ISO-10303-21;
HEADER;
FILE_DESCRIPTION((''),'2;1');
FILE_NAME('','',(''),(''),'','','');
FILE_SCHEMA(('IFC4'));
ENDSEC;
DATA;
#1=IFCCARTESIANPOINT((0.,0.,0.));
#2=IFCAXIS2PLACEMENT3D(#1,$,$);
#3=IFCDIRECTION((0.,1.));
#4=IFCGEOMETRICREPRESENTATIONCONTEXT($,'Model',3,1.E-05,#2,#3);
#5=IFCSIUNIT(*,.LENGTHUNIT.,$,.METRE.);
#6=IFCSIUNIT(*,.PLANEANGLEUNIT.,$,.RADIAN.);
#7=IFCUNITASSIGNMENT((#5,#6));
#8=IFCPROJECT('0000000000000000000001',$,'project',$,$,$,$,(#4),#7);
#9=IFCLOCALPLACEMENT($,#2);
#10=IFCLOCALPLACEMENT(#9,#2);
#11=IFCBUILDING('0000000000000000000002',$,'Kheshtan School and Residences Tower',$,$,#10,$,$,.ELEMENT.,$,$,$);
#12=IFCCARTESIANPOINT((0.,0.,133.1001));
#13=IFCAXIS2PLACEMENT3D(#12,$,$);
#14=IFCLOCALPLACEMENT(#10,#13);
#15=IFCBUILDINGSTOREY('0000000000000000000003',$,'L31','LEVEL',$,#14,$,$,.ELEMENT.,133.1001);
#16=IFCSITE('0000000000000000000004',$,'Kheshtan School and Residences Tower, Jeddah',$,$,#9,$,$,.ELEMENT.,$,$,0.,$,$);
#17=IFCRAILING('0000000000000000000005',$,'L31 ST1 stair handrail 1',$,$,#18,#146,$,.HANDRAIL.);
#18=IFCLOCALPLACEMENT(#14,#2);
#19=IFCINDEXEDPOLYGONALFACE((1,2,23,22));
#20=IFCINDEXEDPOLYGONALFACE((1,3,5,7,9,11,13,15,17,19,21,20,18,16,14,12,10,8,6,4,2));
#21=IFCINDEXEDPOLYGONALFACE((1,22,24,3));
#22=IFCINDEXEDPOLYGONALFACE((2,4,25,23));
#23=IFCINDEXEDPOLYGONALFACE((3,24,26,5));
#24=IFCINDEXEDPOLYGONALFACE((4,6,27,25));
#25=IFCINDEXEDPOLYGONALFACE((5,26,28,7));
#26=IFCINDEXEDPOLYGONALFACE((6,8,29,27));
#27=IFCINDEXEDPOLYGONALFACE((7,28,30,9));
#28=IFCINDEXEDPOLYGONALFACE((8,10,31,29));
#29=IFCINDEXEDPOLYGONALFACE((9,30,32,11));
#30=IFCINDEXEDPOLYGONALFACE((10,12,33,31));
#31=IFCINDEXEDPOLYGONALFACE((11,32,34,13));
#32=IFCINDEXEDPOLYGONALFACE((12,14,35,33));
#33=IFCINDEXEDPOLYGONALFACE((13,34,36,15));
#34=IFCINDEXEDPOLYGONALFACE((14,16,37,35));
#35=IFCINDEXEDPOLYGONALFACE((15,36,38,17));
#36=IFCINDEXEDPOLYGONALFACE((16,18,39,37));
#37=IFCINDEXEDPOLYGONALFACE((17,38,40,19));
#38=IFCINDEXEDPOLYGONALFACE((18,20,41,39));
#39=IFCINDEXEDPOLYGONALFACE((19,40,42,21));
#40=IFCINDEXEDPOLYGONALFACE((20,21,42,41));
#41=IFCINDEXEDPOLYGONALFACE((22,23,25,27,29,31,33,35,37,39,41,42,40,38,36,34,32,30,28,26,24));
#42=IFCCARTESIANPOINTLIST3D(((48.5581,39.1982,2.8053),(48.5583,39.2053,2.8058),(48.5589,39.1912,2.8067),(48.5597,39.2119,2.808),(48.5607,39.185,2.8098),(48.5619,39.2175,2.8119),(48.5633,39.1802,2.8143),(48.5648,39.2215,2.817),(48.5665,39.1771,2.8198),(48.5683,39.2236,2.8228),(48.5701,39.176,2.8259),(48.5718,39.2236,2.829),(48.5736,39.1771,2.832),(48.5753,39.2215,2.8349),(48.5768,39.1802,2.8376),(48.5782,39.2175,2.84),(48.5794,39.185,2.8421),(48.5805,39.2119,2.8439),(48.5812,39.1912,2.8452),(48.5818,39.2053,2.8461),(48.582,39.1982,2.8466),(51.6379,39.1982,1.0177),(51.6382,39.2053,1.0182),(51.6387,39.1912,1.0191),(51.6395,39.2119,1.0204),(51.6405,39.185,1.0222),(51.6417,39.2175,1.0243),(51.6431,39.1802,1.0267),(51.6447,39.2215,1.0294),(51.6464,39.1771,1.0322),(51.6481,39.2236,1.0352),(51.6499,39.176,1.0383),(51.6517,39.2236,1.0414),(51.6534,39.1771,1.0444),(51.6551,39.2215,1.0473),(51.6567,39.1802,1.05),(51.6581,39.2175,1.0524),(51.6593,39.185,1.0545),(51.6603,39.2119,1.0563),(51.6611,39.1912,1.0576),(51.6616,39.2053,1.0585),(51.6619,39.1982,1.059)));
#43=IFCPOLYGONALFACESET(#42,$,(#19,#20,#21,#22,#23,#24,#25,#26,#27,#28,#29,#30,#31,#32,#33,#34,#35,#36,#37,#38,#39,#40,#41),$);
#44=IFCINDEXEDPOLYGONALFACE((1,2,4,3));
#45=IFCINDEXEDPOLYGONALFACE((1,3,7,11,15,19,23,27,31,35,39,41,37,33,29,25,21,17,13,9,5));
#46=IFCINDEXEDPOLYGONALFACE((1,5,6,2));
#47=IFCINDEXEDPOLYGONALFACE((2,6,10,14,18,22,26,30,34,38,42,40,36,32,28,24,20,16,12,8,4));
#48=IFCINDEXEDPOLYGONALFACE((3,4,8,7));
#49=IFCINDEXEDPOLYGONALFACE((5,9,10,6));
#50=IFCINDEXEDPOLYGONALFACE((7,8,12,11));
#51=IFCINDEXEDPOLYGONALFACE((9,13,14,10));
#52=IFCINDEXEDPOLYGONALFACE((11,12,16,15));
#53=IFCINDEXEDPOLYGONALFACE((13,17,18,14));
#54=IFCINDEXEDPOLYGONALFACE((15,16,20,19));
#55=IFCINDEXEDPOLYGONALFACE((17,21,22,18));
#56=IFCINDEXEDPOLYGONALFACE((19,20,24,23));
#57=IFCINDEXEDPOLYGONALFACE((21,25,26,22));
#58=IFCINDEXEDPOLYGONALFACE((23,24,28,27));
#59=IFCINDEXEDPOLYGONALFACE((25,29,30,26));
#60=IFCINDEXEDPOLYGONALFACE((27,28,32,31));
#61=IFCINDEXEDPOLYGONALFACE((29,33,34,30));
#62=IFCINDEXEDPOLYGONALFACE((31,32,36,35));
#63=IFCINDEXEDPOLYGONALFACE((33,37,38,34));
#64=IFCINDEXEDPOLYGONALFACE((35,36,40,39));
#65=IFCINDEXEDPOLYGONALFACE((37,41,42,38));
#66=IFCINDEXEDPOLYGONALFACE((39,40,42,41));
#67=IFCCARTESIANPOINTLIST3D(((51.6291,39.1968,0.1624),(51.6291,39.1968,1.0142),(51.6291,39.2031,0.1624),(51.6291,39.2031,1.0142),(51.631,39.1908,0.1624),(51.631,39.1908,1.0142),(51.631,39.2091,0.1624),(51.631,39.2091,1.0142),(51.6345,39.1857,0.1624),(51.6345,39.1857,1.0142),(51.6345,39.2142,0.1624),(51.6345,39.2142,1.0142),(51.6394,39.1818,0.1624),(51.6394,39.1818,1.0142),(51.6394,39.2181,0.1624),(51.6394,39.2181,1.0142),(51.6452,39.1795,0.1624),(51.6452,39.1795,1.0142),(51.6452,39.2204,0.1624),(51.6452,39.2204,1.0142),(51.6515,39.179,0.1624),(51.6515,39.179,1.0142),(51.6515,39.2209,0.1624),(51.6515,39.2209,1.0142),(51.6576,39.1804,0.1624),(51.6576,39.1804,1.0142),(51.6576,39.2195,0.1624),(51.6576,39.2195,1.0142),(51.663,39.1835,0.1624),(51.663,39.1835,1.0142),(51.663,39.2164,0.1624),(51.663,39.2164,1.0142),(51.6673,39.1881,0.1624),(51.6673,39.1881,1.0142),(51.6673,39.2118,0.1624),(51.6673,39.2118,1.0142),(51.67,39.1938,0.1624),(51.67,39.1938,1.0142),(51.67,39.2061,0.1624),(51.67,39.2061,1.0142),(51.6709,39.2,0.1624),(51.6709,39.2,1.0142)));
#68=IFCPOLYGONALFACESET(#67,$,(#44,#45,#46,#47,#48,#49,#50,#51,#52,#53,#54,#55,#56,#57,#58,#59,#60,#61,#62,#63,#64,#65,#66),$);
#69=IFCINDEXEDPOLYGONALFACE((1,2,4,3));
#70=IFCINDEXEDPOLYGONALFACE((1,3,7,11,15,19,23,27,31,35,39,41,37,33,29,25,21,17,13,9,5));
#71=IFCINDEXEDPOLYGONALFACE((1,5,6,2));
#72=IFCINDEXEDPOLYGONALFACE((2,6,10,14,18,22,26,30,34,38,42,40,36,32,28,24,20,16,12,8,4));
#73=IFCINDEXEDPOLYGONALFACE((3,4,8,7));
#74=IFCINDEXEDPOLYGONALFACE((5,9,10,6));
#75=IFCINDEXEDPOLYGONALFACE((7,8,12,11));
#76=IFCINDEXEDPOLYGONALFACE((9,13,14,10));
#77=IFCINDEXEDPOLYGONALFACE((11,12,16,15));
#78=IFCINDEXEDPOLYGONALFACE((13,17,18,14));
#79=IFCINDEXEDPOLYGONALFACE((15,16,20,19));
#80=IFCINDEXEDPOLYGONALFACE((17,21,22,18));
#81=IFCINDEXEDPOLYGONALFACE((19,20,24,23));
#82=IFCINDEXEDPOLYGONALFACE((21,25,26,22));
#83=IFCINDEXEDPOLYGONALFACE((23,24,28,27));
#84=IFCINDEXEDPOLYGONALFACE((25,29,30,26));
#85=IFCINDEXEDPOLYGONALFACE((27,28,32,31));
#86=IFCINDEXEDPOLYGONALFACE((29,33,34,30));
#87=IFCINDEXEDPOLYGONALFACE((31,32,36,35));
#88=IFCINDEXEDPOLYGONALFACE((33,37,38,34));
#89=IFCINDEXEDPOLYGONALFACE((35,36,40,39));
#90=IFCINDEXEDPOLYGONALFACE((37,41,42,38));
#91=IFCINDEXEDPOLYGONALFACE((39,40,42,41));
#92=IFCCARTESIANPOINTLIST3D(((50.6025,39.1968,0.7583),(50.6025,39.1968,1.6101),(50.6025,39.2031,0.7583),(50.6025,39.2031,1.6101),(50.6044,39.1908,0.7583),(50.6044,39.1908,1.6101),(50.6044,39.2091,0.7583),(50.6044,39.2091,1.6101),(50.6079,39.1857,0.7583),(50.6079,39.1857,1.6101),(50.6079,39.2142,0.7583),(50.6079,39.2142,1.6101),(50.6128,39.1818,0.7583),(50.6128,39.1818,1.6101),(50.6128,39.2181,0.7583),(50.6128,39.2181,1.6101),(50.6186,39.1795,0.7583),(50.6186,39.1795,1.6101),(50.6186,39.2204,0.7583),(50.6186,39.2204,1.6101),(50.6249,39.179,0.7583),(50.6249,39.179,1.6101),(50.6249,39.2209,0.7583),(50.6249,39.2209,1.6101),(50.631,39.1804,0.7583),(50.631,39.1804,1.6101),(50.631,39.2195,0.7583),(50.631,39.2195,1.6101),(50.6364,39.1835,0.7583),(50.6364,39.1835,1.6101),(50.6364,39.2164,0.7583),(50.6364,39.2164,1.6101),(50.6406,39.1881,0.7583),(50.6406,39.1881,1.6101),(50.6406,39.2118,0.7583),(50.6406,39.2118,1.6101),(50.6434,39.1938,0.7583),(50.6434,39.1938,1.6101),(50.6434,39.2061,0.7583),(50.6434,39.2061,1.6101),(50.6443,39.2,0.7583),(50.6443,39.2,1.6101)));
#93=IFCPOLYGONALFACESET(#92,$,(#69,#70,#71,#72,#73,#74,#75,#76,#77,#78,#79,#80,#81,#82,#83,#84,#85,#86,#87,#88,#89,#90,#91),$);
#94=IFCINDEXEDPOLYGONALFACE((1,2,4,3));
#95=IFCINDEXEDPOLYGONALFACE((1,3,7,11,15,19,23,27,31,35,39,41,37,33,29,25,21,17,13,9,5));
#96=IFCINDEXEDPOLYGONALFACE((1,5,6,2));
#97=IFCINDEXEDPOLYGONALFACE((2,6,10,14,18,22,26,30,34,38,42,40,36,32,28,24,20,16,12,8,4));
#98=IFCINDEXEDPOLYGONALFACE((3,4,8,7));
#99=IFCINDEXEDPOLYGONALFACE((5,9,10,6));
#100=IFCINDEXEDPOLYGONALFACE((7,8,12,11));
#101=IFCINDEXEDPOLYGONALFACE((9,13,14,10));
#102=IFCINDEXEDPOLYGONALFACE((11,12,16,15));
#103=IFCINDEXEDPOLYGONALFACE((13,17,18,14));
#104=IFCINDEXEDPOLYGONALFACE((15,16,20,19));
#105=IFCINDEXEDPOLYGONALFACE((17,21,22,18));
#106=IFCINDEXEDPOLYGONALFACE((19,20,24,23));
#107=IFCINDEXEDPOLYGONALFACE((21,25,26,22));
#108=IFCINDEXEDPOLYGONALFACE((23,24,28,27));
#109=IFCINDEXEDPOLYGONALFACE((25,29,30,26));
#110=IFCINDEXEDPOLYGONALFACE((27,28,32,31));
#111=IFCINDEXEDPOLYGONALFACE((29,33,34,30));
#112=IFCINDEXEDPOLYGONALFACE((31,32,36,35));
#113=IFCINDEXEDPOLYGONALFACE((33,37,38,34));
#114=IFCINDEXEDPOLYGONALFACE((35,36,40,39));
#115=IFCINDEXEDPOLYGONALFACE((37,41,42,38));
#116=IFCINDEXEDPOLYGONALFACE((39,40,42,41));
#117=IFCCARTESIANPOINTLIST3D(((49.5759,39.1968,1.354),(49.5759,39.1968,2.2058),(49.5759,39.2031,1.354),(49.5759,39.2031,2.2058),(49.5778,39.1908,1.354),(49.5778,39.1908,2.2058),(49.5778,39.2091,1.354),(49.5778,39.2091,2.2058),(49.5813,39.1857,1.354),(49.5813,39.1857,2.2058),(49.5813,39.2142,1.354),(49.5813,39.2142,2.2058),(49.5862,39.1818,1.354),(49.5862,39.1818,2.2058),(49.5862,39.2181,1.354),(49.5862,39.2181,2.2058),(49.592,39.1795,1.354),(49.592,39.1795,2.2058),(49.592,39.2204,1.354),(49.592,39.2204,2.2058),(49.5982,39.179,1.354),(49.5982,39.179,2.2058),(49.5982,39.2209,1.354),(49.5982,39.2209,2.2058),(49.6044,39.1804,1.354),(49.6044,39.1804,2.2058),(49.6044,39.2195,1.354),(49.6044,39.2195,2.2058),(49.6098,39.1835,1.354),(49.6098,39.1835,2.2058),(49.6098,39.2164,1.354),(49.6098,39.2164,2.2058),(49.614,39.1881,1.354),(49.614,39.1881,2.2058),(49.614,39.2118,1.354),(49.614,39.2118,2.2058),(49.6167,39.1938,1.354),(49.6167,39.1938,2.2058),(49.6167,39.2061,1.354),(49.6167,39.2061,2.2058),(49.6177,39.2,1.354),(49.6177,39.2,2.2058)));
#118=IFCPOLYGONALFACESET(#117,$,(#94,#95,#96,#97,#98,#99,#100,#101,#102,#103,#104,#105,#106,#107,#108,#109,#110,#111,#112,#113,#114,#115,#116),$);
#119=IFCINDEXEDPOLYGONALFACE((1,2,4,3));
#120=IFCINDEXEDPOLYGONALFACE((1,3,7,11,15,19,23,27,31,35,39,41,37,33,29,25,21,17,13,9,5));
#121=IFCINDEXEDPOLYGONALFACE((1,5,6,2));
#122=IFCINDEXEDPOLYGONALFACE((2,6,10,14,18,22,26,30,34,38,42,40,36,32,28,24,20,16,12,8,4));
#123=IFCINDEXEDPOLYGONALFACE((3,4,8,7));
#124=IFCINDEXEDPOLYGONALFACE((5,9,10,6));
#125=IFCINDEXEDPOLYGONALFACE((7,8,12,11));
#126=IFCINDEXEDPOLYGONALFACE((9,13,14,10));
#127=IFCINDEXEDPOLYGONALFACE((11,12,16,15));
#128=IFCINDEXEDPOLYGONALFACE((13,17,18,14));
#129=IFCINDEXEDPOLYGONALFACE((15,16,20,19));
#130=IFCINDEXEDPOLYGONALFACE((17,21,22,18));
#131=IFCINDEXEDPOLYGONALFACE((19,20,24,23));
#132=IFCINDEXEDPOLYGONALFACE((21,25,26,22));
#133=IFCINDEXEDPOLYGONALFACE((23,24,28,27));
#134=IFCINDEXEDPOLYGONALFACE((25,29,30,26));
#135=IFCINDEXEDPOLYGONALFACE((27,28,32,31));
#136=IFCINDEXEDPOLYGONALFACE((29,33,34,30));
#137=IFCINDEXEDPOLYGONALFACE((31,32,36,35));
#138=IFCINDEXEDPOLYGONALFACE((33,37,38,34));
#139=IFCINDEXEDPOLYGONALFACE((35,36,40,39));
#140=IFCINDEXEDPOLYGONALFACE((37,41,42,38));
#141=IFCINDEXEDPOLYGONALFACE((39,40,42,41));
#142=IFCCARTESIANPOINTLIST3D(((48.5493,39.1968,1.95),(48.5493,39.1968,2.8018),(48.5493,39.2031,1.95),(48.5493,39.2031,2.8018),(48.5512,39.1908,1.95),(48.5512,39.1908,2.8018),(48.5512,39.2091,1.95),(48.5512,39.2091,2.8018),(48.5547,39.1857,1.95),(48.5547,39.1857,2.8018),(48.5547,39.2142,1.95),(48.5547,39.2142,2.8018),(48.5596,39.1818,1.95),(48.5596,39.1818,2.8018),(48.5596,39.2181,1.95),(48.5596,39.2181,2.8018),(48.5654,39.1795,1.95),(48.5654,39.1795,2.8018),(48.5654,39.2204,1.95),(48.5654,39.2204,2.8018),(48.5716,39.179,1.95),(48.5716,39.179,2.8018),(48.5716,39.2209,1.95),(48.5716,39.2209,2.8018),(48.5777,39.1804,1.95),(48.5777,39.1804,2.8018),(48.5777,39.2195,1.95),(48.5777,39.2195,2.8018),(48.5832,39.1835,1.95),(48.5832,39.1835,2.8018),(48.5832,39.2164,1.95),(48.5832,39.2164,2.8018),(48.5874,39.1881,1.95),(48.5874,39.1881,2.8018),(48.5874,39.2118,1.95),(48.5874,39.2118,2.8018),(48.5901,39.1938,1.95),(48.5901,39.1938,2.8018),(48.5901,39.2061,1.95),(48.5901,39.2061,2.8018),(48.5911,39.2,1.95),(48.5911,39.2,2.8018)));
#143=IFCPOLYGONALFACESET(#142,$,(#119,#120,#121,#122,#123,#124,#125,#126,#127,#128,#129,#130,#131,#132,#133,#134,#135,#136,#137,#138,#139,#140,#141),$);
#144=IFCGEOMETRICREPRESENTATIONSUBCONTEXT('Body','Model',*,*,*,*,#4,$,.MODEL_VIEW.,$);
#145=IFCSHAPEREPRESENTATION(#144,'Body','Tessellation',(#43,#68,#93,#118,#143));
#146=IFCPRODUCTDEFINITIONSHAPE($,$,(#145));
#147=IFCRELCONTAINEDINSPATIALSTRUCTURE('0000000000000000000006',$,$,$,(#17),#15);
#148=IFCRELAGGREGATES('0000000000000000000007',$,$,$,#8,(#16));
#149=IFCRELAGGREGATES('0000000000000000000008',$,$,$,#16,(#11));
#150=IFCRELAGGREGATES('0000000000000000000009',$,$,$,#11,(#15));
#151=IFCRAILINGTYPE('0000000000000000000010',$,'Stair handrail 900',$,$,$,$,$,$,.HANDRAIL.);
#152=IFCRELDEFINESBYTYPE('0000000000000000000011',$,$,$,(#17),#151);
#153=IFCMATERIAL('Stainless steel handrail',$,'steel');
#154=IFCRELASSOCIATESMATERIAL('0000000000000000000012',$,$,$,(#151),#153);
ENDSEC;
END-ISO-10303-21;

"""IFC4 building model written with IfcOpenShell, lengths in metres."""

from ifc_helpers import new_model, si_unit, direction, frame, origin, origin_2d, place, context, subcontext, project, spatial, circle, extrude, material, type_object, element, save


model = new_model("IFC4")

# Units and contexts
model_context = context("Model", 3, precision=1e-05, world=origin(), true_north=direction((0.0, 1.0)))
body_context = subcontext(model_context, "Body", "Model", "MODEL_VIEW")
ifc_project = project(units=[si_unit("LENGTHUNIT", "METRE"), si_unit("PLANEANGLEUNIT", "RADIAN")], contexts=[model_context])

# Site, building, storey
site_placement = place(None, origin())
site = spatial("IfcSite", under=ifc_project, at=site_placement, Name="Kheshtan School and Residences Tower, Jeddah", CompositionType="ELEMENT", RefElevation=0.0)
building_placement = place(site_placement, origin())
building = spatial("IfcBuilding", under=site, at=building_placement, Name="Kheshtan School and Residences Tower", CompositionType="ELEMENT")
storey_placement = place(building_placement, frame((0.0, 0.0, 133.1001)))
storey = spatial("IfcBuildingStorey", under=building, at=storey_placement, Name="L31", Description="LEVEL", CompositionType="ELEMENT", Elevation=133.1001)

# Railing
ifc_material_1 = material(Name="Stainless steel handrail", Category="steel")
railing_type_1 = type_object("IfcRailingType", Name="Stair handrail 900", PredefinedType="HANDRAIL", material=ifc_material_1)
railing_1_placement = place(storey_placement, frame((51.6499, 39.2, 0.1624)))
element("IfcRailing", 1, at=railing_1_placement, inside=storey, type_object=railing_type_1, Name="L31 ST1 stair handrail 1", PredefinedType="HANDRAIL", context=body_context, shape_type="SweptSolid", body=[
    extrude(circle(Radius=0.0239, at=origin_2d()), frame((0.0, 0.0, 0.876), z_axis=(-0.864873, 0.0, 0.50199), x_axis=(0.0, -1.0, 0.0)), (0.0, 0.0, 1.0), 3.561),
    extrude(circle(Radius=0.021, at=origin_2d()), origin(), (0.0, 0.0, 1.0), 0.8518),
    extrude(circle(Radius=0.021, at=origin_2d()), frame((-1.0266, 0.0, 0.5959)), (0.0, 0.0, 1.0), 0.8518),
    extrude(circle(Radius=0.021, at=origin_2d()), frame((-2.0532, 0.0, 1.1917)), (0.0, 0.0, 1.0), 0.8518),
    extrude(circle(Radius=0.021, at=origin_2d()), frame((-3.0798, 0.0, 1.7876)), (0.0, 0.0, 1.0), 0.8518),
])

save(model, "model.ifc")
